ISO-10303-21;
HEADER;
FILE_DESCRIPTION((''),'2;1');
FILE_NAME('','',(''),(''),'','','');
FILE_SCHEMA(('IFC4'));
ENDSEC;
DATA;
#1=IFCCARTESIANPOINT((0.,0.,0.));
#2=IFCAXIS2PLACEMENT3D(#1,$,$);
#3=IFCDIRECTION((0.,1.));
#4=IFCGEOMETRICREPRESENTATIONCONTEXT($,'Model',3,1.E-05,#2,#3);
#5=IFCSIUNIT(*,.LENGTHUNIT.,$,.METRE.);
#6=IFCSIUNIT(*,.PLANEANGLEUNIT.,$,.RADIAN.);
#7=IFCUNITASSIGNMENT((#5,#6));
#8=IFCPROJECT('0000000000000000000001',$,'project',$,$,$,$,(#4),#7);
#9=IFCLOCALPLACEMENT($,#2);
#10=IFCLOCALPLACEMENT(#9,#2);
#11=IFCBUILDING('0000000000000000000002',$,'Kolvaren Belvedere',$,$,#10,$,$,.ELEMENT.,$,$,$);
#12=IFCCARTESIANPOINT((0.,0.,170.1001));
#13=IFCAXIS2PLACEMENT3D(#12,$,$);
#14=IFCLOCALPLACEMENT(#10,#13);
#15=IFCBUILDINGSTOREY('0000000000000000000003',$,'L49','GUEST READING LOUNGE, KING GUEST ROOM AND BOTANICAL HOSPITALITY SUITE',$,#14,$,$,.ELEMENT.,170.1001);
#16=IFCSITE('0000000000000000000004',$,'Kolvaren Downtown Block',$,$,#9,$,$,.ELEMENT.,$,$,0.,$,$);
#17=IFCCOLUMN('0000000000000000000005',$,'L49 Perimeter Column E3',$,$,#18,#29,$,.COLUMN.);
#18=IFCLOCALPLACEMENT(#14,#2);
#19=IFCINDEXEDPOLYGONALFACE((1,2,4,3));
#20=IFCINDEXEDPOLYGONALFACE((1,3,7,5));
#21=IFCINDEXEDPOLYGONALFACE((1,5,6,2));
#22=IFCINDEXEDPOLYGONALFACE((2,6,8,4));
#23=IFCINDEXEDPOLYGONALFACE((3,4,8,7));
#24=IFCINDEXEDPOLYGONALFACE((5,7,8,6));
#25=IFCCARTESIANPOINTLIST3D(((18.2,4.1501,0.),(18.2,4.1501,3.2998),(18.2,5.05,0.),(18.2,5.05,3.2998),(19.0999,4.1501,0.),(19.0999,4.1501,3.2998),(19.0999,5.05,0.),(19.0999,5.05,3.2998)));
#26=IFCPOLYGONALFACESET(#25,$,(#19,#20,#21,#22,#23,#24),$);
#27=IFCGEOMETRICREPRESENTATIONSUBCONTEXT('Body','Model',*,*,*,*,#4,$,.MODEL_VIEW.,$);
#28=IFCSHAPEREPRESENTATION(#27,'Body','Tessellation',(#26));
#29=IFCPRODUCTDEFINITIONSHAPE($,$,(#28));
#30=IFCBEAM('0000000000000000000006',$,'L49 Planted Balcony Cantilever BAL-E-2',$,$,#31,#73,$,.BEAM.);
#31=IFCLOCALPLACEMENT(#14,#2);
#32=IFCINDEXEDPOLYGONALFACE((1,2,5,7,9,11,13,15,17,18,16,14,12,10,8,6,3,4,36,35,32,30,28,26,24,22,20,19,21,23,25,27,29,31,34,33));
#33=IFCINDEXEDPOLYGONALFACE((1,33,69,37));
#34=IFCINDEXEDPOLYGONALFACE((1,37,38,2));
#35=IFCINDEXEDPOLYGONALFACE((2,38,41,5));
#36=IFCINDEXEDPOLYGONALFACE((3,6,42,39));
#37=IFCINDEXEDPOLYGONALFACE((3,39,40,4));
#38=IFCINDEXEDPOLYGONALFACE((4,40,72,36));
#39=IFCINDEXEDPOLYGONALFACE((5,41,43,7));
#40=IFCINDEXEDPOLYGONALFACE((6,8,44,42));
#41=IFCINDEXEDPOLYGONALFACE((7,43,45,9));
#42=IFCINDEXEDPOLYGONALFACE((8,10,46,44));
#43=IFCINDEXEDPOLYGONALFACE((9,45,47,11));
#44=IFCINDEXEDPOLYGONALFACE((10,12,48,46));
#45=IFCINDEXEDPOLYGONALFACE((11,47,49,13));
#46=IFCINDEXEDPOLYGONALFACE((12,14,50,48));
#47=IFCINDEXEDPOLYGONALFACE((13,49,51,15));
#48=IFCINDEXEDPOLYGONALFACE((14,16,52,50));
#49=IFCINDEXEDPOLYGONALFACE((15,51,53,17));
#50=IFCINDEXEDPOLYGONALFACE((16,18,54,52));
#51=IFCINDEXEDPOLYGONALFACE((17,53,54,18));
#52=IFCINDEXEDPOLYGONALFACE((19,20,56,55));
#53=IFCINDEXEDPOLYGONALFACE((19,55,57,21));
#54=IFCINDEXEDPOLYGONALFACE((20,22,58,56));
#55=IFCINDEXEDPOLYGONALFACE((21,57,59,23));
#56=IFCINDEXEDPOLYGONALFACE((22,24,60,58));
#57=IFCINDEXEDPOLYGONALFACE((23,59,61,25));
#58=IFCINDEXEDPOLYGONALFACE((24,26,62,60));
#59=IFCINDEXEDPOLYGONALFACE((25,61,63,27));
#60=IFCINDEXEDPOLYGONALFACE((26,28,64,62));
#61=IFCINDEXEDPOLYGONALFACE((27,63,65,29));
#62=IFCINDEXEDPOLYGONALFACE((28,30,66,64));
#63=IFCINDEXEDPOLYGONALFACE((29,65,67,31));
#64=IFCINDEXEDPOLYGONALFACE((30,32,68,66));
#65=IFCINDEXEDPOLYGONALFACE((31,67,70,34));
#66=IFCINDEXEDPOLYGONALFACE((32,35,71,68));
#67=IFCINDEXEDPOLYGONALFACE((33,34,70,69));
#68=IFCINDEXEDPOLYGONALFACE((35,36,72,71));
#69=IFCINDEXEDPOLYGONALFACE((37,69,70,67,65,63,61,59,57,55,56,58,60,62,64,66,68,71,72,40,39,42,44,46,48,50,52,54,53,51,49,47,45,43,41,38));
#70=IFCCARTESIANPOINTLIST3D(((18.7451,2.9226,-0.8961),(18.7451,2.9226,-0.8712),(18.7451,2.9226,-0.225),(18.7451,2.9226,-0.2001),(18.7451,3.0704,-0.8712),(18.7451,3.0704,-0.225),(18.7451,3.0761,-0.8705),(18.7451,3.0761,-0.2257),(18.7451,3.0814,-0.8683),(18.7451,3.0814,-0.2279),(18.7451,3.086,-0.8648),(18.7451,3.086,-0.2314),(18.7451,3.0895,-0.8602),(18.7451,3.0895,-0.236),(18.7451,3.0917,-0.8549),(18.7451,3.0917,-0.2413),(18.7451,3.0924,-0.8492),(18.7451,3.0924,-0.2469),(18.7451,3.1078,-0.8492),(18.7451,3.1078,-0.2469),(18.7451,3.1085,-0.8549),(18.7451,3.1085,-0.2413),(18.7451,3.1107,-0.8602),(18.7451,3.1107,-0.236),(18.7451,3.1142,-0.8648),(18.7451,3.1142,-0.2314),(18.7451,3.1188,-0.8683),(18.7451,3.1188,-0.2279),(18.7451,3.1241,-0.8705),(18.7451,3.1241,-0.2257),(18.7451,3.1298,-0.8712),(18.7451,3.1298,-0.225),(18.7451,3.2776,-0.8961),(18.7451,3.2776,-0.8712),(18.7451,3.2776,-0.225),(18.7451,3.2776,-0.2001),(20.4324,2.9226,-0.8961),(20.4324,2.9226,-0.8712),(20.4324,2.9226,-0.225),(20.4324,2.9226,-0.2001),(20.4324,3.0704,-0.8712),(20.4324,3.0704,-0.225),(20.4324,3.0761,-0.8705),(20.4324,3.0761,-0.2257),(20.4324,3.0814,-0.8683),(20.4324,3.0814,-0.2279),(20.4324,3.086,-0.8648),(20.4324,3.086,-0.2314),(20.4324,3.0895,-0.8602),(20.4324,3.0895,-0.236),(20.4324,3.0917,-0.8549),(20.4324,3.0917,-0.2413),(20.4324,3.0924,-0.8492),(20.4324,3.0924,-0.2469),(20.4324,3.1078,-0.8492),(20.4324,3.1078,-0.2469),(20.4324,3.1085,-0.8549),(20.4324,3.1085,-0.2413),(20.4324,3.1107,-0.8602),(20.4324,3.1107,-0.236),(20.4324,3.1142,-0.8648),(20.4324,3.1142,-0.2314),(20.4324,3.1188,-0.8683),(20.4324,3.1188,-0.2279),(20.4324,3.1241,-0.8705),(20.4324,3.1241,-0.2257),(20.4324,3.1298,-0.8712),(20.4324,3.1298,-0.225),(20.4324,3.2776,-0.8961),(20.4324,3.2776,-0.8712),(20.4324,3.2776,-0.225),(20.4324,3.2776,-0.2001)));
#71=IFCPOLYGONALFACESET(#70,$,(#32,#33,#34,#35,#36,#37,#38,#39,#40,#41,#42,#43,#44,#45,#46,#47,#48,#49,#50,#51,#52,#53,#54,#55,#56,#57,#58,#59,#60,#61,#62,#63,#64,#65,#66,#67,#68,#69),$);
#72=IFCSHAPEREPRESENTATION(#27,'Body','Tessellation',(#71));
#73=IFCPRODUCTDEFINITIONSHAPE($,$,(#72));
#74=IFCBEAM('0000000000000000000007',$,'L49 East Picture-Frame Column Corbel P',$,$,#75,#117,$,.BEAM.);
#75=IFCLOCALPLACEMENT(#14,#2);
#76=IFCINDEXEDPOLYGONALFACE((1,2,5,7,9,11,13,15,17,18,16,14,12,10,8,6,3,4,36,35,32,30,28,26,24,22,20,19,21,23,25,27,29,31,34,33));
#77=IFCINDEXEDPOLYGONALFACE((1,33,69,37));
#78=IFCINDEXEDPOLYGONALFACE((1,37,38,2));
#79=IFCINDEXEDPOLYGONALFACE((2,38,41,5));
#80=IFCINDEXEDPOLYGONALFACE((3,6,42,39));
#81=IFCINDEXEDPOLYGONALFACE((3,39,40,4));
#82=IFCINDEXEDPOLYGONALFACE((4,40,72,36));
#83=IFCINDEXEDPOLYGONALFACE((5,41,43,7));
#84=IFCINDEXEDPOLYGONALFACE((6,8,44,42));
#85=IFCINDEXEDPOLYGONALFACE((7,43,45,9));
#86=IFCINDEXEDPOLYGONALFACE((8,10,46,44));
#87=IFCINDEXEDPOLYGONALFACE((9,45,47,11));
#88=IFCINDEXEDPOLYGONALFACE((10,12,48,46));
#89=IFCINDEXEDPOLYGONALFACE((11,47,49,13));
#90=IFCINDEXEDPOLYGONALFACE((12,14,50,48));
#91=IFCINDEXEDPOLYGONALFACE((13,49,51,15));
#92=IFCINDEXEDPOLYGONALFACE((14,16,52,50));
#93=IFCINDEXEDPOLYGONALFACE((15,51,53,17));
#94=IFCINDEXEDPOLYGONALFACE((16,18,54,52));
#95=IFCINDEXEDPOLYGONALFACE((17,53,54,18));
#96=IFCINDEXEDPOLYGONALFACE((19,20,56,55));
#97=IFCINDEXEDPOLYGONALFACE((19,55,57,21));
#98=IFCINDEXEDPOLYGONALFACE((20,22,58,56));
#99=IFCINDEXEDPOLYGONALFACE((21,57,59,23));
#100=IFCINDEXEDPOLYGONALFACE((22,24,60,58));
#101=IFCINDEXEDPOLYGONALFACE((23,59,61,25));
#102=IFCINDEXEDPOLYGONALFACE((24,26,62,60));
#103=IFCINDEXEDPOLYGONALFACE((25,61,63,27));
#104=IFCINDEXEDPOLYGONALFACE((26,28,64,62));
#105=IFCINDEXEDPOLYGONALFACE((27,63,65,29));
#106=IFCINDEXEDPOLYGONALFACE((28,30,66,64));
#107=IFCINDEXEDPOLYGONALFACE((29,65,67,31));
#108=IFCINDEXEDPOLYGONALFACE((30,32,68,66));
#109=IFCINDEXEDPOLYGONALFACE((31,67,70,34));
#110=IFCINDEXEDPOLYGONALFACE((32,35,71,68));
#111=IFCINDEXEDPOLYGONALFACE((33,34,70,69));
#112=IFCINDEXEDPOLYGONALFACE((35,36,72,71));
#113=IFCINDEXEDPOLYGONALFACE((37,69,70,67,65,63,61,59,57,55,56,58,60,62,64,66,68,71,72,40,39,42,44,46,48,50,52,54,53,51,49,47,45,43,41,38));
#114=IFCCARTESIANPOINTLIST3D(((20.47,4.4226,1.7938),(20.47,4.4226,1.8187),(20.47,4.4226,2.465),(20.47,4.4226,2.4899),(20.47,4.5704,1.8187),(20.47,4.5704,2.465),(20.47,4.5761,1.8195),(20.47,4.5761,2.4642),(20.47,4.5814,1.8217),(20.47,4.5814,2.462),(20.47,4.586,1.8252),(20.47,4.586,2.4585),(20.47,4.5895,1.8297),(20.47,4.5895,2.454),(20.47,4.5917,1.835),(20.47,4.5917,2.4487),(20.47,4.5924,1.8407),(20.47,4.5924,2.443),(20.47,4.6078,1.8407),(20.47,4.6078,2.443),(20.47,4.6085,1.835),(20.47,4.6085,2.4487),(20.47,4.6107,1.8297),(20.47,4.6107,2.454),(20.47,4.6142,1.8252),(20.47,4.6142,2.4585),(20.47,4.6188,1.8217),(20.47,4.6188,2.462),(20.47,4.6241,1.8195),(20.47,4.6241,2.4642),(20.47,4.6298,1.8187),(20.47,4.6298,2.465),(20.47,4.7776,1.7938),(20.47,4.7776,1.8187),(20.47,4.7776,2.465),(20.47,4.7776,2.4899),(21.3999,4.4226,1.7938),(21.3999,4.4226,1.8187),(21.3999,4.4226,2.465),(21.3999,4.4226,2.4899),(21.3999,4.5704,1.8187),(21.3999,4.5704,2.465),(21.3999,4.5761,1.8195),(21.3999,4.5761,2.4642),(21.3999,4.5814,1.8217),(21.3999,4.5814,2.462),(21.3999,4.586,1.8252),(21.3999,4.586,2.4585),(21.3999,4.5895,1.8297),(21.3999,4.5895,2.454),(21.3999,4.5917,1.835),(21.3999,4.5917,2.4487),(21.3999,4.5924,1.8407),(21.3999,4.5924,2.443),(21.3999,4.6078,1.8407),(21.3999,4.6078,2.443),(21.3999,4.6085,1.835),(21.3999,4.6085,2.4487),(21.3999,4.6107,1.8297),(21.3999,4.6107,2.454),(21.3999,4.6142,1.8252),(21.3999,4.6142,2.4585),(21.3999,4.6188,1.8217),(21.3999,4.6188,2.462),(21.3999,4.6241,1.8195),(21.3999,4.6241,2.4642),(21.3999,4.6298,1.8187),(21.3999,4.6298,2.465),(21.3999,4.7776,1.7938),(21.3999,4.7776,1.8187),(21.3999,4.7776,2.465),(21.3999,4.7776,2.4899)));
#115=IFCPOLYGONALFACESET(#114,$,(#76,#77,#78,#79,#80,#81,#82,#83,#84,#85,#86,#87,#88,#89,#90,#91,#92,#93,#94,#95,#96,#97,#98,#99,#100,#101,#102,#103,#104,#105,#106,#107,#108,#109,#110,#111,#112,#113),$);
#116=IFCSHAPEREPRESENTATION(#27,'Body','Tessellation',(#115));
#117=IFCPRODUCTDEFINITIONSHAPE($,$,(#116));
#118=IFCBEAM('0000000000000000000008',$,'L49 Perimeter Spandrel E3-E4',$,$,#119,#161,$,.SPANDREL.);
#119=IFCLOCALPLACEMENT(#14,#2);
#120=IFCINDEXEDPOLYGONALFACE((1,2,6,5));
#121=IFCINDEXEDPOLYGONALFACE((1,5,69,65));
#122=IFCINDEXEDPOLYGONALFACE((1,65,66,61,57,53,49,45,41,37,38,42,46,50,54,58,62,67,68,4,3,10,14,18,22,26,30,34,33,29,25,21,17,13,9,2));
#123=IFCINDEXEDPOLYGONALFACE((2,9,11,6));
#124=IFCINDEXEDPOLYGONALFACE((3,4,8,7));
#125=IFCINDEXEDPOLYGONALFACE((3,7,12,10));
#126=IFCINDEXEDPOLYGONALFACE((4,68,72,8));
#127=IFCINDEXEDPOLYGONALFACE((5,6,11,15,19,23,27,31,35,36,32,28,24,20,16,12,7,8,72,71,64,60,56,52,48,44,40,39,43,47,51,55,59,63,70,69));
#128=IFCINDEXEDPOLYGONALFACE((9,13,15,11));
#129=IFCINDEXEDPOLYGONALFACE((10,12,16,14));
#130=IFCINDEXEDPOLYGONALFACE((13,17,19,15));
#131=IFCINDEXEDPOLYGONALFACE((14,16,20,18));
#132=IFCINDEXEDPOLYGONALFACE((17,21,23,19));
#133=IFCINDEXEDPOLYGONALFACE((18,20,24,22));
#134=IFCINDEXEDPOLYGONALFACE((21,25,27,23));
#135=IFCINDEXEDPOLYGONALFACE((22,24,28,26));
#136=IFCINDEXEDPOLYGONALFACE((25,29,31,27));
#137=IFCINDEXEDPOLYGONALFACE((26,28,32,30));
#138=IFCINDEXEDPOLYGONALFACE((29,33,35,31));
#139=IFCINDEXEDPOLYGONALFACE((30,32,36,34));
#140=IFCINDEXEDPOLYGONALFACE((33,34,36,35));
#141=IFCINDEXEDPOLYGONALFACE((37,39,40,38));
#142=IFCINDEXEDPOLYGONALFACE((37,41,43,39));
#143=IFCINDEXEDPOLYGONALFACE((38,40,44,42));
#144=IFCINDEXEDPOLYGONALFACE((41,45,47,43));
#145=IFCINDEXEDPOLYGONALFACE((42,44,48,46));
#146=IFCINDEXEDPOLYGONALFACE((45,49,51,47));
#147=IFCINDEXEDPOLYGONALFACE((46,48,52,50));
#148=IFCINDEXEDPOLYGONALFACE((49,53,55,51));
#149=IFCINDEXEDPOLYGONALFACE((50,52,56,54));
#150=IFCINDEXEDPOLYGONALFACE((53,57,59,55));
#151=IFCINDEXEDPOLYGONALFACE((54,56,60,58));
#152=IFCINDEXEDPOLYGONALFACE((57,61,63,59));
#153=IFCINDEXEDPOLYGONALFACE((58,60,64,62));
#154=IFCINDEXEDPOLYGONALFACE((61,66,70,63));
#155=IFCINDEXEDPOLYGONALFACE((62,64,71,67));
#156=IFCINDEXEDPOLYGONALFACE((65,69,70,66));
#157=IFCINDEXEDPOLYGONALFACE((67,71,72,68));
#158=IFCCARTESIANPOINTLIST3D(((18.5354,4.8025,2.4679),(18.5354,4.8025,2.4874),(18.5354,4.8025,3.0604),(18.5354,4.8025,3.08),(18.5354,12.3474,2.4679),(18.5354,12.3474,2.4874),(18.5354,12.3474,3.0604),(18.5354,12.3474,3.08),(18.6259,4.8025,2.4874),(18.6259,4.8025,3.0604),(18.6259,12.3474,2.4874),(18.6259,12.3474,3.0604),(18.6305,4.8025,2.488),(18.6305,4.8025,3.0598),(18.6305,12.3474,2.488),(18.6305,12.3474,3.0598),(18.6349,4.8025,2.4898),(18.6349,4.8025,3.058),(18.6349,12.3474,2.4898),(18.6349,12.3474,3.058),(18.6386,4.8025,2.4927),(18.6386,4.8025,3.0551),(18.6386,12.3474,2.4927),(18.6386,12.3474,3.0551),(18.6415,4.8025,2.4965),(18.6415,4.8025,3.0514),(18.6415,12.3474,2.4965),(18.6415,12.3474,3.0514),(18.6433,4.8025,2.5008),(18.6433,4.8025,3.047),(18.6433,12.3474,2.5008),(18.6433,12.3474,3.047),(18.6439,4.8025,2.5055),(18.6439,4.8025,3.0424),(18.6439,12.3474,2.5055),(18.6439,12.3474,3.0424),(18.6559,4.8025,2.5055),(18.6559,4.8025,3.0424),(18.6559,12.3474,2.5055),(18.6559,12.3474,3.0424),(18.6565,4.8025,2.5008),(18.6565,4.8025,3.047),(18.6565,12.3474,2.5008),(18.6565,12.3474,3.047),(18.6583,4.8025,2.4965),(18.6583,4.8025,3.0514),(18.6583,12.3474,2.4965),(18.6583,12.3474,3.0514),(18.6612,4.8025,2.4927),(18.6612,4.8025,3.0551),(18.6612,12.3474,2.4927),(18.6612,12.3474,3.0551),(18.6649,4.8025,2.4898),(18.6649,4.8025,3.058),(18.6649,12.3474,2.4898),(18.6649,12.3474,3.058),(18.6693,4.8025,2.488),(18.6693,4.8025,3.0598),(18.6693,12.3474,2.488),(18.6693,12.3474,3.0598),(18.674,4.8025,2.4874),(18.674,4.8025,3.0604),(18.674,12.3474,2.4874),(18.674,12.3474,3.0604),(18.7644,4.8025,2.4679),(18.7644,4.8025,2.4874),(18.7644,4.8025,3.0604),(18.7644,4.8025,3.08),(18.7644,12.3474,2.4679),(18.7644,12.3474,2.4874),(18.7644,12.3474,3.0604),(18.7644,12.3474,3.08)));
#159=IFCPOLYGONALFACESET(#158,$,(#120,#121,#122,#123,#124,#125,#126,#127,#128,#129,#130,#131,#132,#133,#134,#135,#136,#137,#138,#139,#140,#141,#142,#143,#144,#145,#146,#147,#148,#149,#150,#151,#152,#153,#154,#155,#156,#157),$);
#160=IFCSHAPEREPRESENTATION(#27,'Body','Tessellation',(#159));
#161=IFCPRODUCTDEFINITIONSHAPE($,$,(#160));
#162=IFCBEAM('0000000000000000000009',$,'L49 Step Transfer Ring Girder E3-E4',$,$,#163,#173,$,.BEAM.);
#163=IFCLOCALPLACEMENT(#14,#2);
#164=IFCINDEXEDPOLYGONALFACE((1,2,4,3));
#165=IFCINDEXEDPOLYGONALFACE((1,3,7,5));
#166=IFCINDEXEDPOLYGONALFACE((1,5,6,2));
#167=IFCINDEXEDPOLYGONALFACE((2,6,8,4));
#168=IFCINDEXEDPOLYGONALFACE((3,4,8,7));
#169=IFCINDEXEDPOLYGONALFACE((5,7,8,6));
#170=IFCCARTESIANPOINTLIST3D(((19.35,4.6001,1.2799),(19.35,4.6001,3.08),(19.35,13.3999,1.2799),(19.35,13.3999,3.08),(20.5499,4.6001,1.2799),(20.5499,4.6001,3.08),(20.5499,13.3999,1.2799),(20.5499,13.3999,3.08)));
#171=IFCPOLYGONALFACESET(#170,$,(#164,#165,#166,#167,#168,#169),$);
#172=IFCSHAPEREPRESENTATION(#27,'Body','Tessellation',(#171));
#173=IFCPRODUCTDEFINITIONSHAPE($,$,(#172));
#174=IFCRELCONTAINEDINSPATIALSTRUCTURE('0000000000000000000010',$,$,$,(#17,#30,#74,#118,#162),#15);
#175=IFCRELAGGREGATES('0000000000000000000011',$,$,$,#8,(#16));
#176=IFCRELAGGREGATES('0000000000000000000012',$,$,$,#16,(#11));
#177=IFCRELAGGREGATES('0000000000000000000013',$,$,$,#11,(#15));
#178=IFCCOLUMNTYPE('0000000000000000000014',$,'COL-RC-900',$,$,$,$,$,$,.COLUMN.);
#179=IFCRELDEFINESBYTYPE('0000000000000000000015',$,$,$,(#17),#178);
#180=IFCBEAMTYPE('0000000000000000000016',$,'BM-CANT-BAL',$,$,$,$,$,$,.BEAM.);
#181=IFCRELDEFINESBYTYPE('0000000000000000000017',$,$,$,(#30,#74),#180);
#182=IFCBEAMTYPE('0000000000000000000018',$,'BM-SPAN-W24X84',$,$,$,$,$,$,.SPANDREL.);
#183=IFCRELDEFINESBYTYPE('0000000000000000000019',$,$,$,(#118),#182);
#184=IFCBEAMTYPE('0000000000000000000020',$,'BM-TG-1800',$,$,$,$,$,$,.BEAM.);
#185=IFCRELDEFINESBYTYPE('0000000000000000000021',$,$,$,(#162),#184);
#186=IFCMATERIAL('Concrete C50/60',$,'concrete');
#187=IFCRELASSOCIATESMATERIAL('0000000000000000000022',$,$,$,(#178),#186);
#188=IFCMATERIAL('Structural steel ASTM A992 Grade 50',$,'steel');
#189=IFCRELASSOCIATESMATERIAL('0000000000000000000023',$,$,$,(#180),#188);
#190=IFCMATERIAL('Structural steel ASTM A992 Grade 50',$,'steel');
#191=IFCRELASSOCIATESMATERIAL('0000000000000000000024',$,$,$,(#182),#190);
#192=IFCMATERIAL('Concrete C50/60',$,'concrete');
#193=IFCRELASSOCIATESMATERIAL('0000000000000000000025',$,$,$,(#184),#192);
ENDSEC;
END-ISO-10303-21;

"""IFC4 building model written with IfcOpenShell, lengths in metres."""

from ifc_helpers import new_model, si_unit, direction, frame, origin, origin_2d, place, context, subcontext, project, spatial, rectangle, i_section, extrude, material, material_profile, profile_set, type_object, element, save


model = new_model("IFC4")

# Units and contexts
model_context = context("Model", 3, precision=1e-05, world=origin(), true_north=direction((0.0, 1.0)))
body_context = subcontext(model_context, "Body", "Model", "MODEL_VIEW")
ifc_project = project(units=[si_unit("LENGTHUNIT", "METRE"), si_unit("PLANEANGLEUNIT", "RADIAN")], contexts=[model_context])

# Site, building, storey
site_placement = place(None, origin())
site = spatial("IfcSite", under=ifc_project, at=site_placement, Name="Kolvaren Downtown Block", CompositionType="ELEMENT", RefElevation=0.0)
building_placement = place(site_placement, origin())
building = spatial("IfcBuilding", under=site, at=building_placement, Name="Kolvaren Belvedere", CompositionType="ELEMENT")
storey_placement = place(building_placement, frame((0.0, 0.0, 170.1001)))
storey = spatial("IfcBuildingStorey", under=building, at=storey_placement, Name="L49", Description="GUEST READING LOUNGE, KING GUEST ROOM AND BOTANICAL HOSPITALITY SUITE", CompositionType="ELEMENT", Elevation=170.1001)

# Column
ifc_material_1 = material(Name="Concrete C50/60", Category="concrete")
ifc_material_profile_1 = material_profile(ifc_material_1, rectangle(XDim=0.8999, YDim=0.8999, at=origin_2d()), Name="RC 900X900")
ifc_profile_set_1 = profile_set([ifc_material_profile_1], Name="Concrete C50/60")
column_type = type_object("IfcColumnType", Name="COL-RC-900", PredefinedType="COLUMN", material=ifc_profile_set_1)
column_placement = place(storey_placement, frame((18.6499, 4.6001, 0.0), z_axis=(0.0, 0.0, 1.0), x_axis=(1.0, 0.0, 0.0)))
element("IfcColumn", 1, at=column_placement, inside=storey, type_object=column_type, Name="L49 Perimeter Column E3", PredefinedType="COLUMN", context=body_context, shape_type="SweptSolid", body=[
    extrude(rectangle(XDim=0.8999, YDim=0.8999, at=origin_2d()), origin(), (0.0, 0.0, 1.0), 3.2998),
])

# Beams
ifc_material_2 = material(Name="Structural steel ASTM A992 Grade 50", Category="steel")
ifc_material_profile_2 = material_profile(ifc_material_2, i_section(OverallWidth=0.355, OverallDepth=0.696, WebThickness=0.0154, FlangeThickness=0.0249, FilletRadius=0.022, at=origin_2d()), Name="W27X146")
ifc_profile_set_2 = profile_set([ifc_material_profile_2], Name="Structural steel ASTM A992 Grade 50")
beam_type_1 = type_object("IfcBeamType", Name="BM-CANT-BAL", PredefinedType="BEAM", material=ifc_profile_set_2)
beam_1_placement = place(storey_placement, frame((18.7451, 3.1001, -0.5481), z_axis=(1.0, 0.0, 0.0), x_axis=(0.0, 1.0, 0.0)))
element("IfcBeam", 2, at=beam_1_placement, inside=storey, type_object=beam_type_1, Name="L49 Planted Balcony Cantilever BAL-E-2", PredefinedType="BEAM", context=body_context, shape_type="SweptSolid", body=[
    extrude(i_section(OverallWidth=0.355, OverallDepth=0.696, WebThickness=0.0154, FlangeThickness=0.0249, FilletRadius=0.022, at=origin_2d()), origin(), (0.0, 0.0, 1.0), 1.6873),
])
beam_2_placement = place(storey_placement, frame((20.47, 4.6001, 2.1418), z_axis=(1.0, 0.0, 0.0), x_axis=(0.0, 1.0, 0.0)))
element("IfcBeam", 3, at=beam_2_placement, inside=storey, type_object=beam_type_1, Name="L49 East Picture-Frame Column Corbel P", PredefinedType="BEAM", context=body_context, shape_type="SweptSolid", body=[
    extrude(i_section(OverallWidth=0.355, OverallDepth=0.696, WebThickness=0.0154, FlangeThickness=0.0249, FilletRadius=0.022, at=origin_2d()), origin(), (0.0, 0.0, 1.0), 0.9299),
])
ifc_material_3 = material(Name="Structural steel ASTM A992 Grade 50", Category="steel")
ifc_material_profile_3 = material_profile(ifc_material_3, i_section(OverallWidth=0.229, OverallDepth=0.6121, WebThickness=0.012, FlangeThickness=0.0195, FilletRadius=0.0181, at=origin_2d()), Name="W24X84")
ifc_profile_set_3 = profile_set([ifc_material_profile_3], Name="Structural steel ASTM A992 Grade 50")
beam_type_2 = type_object("IfcBeamType", Name="BM-SPAN-W24X84", PredefinedType="SPANDREL", material=ifc_profile_set_3)
beam_3_placement = place(storey_placement, frame((18.6499, 4.8025, 2.7739), z_axis=(0.0, 1.0, 0.0), x_axis=(-1.0, 0.0, 0.0)))
element("IfcBeam", 4, at=beam_3_placement, inside=storey, type_object=beam_type_2, Name="L49 Perimeter Spandrel E3-E4", PredefinedType="SPANDREL", context=body_context, shape_type="SweptSolid", body=[
    extrude(i_section(OverallWidth=0.229, OverallDepth=0.6121, WebThickness=0.012, FlangeThickness=0.0195, FilletRadius=0.0181, at=origin_2d()), origin(), (0.0, 0.0, 1.0), 7.5449),
])
ifc_material_4 = material(Name="Concrete C50/60", Category="concrete")
ifc_material_profile_4 = material_profile(ifc_material_4, rectangle(XDim=1.2, YDim=1.8, at=origin_2d()), Name="RC 1200X1800")
ifc_profile_set_4 = profile_set([ifc_material_profile_4], Name="Concrete C50/60")
beam_type_3 = type_object("IfcBeamType", Name="BM-TG-1800", PredefinedType="BEAM", material=ifc_profile_set_4)
beam_4_placement = place(storey_placement, frame((19.95, 4.6001, 2.1799), z_axis=(0.0, 1.0, 0.0), x_axis=(-1.0, 0.0, 0.0)))
element("IfcBeam", 5, at=beam_4_placement, inside=storey, type_object=beam_type_3, Name="L49 Step Transfer Ring Girder E3-E4", PredefinedType="BEAM", context=body_context, shape_type="SweptSolid", body=[
    extrude(rectangle(XDim=1.2, YDim=1.8, at=origin_2d()), origin(), (0.0, 0.0, 1.0), 8.7998),
])

save(model, "model.ifc")
